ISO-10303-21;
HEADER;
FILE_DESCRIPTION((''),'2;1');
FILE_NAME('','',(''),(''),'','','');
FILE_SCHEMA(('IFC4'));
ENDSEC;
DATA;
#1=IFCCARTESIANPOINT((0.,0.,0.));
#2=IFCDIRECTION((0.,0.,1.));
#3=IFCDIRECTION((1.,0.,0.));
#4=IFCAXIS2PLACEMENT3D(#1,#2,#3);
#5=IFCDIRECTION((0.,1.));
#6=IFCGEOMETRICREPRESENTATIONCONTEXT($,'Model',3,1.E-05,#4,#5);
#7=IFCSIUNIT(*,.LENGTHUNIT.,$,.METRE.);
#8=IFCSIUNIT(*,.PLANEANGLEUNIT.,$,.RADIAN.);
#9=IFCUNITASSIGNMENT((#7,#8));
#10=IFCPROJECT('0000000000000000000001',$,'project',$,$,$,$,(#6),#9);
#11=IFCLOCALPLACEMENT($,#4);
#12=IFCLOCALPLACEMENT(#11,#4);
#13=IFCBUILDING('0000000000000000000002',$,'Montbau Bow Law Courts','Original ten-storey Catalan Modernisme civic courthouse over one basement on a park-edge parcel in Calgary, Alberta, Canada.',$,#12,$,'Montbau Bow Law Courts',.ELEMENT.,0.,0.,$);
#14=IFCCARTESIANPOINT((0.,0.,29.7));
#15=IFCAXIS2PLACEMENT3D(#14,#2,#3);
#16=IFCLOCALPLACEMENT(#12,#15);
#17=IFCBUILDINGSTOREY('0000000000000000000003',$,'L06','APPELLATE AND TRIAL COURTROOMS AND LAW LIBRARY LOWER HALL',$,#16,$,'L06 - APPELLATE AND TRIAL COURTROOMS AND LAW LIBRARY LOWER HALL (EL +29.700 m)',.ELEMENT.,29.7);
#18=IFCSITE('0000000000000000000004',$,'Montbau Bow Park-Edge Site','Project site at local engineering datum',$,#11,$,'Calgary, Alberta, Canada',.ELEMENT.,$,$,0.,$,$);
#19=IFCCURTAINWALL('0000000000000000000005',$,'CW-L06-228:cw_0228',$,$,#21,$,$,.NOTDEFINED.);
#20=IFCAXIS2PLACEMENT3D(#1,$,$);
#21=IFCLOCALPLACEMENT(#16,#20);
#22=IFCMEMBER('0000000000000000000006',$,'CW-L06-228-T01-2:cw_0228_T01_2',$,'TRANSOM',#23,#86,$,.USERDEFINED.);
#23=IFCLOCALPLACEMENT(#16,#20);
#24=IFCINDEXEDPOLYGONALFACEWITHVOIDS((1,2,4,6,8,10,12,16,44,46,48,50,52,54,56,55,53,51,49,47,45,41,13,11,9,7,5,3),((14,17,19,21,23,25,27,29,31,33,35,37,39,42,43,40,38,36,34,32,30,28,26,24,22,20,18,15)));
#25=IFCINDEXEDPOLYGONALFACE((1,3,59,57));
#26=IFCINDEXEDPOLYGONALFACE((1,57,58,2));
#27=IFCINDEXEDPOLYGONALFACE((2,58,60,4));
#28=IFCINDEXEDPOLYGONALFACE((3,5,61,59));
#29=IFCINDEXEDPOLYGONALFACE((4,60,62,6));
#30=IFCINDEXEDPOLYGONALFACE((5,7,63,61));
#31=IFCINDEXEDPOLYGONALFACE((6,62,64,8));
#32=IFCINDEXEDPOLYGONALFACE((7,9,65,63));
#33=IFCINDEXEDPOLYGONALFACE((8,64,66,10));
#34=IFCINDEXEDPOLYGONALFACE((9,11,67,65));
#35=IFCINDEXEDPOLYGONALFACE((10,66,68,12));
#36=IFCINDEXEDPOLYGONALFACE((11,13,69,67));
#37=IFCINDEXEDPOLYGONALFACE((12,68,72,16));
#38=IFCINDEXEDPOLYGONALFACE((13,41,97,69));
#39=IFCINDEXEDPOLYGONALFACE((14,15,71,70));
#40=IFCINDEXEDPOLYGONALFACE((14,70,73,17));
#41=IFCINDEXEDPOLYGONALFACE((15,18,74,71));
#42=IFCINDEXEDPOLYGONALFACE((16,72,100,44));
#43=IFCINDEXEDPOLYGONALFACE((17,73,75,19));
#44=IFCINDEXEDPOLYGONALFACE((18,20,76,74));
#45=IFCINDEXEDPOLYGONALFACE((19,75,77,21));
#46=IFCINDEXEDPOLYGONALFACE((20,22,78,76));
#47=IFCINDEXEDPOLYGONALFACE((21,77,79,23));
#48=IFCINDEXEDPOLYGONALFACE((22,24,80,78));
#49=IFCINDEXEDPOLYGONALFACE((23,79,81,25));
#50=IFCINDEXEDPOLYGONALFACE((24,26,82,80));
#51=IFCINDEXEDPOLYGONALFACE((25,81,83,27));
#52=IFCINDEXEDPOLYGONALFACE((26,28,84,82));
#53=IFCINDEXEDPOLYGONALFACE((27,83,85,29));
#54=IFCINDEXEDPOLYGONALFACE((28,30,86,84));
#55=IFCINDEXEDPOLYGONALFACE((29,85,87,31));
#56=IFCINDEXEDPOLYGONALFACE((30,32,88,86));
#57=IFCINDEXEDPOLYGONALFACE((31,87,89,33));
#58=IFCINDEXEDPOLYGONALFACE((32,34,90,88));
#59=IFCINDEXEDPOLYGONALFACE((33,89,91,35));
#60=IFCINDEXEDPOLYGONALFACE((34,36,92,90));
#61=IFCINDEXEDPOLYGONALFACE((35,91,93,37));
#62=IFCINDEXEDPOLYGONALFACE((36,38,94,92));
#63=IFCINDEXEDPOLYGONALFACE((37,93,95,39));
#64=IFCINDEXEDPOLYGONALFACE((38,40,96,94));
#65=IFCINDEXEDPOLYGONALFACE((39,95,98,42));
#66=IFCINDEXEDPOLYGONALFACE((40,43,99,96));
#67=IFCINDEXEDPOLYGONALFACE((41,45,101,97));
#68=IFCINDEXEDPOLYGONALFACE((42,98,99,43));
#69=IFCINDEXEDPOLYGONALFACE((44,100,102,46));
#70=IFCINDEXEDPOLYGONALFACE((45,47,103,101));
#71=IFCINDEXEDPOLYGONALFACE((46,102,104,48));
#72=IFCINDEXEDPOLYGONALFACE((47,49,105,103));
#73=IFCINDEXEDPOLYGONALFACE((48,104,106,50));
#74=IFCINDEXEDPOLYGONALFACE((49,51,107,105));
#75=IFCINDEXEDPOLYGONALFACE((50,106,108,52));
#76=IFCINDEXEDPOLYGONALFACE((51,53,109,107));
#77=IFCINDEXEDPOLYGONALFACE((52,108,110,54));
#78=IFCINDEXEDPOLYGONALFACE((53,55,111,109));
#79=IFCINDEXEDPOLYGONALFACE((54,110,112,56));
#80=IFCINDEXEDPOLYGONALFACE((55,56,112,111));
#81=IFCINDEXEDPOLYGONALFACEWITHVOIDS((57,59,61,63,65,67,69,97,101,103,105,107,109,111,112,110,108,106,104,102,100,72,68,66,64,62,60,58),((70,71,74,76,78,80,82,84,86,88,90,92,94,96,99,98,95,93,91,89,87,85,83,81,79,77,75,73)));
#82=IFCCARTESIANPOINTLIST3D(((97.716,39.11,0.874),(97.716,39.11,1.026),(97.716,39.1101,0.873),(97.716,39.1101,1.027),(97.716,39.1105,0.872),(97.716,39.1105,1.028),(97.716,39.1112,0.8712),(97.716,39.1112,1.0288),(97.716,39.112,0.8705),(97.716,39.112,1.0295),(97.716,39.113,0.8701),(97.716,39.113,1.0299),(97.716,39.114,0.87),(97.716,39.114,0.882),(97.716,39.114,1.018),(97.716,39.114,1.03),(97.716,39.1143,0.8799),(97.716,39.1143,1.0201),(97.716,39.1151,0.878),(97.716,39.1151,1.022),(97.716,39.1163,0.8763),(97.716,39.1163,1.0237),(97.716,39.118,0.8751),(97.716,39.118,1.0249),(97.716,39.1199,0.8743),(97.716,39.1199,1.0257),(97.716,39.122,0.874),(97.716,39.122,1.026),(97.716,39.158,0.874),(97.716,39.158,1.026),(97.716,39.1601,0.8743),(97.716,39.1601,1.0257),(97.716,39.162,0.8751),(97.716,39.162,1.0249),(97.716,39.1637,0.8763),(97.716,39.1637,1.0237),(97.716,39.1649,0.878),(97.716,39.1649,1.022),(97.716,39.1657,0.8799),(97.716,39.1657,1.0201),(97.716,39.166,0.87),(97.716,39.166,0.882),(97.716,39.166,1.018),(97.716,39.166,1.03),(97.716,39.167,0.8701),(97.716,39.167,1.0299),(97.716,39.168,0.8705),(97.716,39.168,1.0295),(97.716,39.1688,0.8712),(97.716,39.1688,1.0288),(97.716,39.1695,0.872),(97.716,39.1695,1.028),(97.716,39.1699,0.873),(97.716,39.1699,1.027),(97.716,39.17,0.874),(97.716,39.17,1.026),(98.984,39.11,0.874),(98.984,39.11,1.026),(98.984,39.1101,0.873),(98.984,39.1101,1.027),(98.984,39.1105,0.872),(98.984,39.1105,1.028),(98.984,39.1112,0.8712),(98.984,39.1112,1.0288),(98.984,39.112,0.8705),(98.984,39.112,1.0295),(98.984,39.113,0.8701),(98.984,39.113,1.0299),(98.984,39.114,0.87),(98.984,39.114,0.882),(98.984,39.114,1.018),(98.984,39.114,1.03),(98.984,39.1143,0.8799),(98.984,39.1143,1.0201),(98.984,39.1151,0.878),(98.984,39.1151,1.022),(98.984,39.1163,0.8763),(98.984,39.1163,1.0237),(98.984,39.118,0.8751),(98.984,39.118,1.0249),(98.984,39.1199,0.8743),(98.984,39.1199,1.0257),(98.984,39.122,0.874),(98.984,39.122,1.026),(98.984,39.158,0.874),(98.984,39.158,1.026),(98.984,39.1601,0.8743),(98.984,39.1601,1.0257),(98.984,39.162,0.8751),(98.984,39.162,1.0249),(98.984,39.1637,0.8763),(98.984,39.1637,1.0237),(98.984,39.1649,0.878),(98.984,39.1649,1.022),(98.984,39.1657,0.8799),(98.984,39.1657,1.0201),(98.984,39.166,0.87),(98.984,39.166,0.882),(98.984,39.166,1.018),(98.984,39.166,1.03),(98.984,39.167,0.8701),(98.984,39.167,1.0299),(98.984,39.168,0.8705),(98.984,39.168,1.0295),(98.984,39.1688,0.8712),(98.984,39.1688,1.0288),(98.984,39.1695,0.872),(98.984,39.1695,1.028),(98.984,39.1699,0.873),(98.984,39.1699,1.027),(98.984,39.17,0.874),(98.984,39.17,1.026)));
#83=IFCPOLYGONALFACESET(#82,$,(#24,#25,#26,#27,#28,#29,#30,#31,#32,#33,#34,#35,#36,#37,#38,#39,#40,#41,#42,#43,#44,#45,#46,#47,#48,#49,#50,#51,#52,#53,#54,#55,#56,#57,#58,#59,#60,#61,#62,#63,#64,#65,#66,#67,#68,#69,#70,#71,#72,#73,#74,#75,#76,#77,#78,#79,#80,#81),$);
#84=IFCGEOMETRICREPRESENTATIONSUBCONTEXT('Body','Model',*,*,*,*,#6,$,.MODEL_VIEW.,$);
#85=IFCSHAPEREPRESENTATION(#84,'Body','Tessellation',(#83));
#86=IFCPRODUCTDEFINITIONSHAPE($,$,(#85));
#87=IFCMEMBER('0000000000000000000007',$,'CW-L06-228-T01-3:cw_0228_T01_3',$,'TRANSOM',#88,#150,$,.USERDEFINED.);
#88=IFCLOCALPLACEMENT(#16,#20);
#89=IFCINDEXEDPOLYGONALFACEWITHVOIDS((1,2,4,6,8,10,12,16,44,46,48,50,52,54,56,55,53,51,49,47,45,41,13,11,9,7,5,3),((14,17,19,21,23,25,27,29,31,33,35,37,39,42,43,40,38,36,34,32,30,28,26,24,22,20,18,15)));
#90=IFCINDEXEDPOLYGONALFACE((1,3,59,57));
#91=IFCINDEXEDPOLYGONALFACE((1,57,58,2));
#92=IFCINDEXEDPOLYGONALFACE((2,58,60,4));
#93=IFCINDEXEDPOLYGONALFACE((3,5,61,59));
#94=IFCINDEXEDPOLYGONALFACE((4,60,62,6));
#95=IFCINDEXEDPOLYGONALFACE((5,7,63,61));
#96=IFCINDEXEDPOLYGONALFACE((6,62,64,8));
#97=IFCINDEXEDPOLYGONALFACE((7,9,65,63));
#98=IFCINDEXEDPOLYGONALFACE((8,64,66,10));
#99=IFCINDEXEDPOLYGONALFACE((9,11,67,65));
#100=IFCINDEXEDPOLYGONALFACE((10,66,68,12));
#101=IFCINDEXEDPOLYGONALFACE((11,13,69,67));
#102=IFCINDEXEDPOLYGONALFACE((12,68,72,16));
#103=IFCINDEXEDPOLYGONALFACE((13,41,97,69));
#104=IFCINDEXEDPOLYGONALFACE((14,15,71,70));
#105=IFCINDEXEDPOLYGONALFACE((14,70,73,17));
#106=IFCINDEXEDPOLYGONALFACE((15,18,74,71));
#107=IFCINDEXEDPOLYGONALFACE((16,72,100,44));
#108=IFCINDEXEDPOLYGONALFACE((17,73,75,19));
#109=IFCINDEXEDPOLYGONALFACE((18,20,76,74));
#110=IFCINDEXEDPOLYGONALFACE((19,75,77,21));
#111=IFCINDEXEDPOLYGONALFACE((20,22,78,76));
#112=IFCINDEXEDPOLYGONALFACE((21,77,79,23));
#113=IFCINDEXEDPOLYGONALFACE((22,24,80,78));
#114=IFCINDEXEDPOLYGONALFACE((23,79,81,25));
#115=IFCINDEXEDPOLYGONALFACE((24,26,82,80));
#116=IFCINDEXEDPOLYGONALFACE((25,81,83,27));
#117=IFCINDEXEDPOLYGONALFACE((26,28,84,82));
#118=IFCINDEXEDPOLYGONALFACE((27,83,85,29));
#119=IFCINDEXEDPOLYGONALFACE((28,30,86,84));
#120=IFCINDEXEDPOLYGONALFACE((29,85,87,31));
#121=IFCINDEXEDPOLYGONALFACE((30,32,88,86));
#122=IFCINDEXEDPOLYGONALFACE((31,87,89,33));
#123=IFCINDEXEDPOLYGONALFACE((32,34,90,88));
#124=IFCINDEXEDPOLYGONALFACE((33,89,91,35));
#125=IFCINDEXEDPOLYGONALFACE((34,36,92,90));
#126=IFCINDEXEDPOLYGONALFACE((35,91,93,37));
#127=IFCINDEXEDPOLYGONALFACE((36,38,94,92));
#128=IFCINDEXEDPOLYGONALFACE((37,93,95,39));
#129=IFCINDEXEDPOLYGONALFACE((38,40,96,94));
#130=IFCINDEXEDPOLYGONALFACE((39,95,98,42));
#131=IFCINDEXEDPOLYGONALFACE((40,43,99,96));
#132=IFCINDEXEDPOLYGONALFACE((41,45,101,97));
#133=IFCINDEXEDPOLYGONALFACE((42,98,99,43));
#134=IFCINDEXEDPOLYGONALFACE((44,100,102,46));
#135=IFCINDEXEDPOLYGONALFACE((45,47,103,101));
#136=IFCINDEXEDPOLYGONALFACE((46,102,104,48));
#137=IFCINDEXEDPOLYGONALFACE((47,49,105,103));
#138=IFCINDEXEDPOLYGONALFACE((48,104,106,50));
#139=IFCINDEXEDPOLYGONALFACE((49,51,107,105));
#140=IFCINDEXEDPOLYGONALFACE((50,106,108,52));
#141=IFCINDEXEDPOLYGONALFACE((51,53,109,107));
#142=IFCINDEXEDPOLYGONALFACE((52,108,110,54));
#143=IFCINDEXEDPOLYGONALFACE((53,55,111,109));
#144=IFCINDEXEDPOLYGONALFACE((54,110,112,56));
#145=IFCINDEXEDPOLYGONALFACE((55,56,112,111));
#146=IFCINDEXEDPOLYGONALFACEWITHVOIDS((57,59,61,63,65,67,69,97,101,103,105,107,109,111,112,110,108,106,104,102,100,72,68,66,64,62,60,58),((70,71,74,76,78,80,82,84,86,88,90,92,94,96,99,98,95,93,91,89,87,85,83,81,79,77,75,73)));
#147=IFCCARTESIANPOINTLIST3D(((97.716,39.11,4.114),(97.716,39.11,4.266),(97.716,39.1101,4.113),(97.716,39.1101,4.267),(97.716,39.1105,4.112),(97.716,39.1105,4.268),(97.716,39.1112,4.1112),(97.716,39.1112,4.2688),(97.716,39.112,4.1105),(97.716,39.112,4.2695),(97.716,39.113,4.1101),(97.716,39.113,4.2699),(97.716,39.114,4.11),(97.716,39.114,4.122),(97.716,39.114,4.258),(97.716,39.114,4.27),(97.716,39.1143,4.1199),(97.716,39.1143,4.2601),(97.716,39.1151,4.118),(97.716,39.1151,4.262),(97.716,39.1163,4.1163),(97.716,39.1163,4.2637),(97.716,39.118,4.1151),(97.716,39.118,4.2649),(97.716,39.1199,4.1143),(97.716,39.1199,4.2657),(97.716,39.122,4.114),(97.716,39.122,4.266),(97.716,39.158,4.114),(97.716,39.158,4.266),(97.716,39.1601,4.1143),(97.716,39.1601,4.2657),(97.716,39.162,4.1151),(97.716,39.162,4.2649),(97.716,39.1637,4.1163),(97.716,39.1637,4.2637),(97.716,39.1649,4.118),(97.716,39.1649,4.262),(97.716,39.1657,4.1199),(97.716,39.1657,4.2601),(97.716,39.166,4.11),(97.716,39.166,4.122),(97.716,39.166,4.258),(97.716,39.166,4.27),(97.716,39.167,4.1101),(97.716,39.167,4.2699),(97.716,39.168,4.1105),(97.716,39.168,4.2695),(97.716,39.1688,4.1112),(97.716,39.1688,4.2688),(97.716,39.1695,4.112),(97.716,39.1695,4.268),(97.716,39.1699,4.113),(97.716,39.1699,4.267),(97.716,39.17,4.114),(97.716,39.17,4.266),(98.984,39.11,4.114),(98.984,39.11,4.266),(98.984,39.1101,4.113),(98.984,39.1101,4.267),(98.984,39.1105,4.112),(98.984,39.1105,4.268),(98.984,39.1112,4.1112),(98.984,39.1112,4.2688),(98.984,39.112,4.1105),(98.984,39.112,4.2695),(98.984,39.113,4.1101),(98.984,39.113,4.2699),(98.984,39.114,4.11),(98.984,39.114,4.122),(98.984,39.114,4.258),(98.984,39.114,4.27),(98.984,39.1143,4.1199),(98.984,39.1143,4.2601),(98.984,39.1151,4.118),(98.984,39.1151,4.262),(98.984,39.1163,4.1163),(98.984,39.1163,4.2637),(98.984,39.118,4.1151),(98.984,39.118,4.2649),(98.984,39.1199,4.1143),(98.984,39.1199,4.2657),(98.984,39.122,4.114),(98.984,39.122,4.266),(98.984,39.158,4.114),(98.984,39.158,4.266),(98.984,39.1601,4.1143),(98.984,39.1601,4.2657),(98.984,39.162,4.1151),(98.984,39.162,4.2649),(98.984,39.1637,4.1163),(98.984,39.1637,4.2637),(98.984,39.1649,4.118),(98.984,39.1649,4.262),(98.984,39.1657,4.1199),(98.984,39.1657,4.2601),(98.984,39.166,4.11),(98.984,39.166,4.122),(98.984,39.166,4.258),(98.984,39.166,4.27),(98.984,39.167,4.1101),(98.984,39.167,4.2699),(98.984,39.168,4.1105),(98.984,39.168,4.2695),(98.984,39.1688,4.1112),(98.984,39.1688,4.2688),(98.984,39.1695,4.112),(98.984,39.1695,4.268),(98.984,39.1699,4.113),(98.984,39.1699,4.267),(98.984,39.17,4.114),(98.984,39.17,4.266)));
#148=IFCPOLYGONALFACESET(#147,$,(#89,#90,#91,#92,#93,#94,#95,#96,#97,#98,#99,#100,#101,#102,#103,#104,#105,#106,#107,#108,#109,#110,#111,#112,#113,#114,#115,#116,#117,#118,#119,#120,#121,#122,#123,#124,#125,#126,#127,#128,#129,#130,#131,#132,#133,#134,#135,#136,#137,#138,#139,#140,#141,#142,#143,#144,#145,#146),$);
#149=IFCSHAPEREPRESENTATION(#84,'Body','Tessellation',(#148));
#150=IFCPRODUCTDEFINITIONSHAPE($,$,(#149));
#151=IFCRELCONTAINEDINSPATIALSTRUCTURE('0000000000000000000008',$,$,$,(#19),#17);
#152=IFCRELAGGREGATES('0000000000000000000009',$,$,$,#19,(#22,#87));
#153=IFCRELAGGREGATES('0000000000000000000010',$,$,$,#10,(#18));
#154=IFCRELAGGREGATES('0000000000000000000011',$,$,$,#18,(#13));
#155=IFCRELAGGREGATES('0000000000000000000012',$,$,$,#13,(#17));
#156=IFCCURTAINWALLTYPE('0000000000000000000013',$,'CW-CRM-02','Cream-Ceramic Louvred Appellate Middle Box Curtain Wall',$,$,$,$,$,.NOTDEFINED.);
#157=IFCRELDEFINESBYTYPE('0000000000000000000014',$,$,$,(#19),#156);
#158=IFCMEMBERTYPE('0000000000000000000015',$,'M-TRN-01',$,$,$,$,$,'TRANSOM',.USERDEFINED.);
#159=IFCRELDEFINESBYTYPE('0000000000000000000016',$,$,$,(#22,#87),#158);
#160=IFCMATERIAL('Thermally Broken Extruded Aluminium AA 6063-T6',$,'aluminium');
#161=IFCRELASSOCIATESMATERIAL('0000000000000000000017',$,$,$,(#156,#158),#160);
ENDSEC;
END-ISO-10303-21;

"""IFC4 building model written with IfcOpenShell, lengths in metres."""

from ifc_helpers import new_model, si_unit, direction, frame, origin_with_axes, origin_2d_with_axis, place, context, subcontext, project, spatial, hollow_rectangle, extrude, material, material_profile, profile_set, type_object, element, aggregate, save


model = new_model("IFC4")

# Units and contexts
model_context = context("Model", 3, precision=1e-05, world=origin_with_axes(), true_north=direction((0.0, 1.0)))
body_context = subcontext(model_context, "Body", "Model", "MODEL_VIEW")
ifc_project = project(units=[si_unit("LENGTHUNIT", "METRE"), si_unit("PLANEANGLEUNIT", "RADIAN")], contexts=[model_context])

# Site, building, storey
site_placement = place(None, origin_with_axes())
site = spatial("IfcSite", under=ifc_project, at=site_placement, Name="Montbau Bow Park-Edge Site", Description="Project site at local engineering datum", LongName="Calgary, Alberta, Canada", CompositionType="ELEMENT", RefElevation=0.0)
building_placement = place(site_placement, origin_with_axes())
building = spatial("IfcBuilding", under=site, at=building_placement, Name="Montbau Bow Law Courts", Description="Original ten-storey Catalan Modernisme civic courthouse over one basement on a park-edge parcel in Calgary, Alberta, Canada.", LongName="Montbau Bow Law Courts", CompositionType="ELEMENT", ElevationOfRefHeight=0.0, ElevationOfTerrain=0.0)
storey_placement = place(building_placement, frame((0.0, 0.0, 29.7), z_axis=(0.0, 0.0, 1.0), x_axis=(1.0, 0.0, 0.0)))
storey = spatial("IfcBuildingStorey", under=building, at=storey_placement, Name="L06", Description="APPELLATE AND TRIAL COURTROOMS AND LAW LIBRARY LOWER HALL", LongName="L06 - APPELLATE AND TRIAL COURTROOMS AND LAW LIBRARY LOWER HALL (EL +29.700 m)", CompositionType="ELEMENT", Elevation=29.7)

# Curtain wall, members
ifc_material_1 = material(Name="Thermally Broken Extruded Aluminium AA 6063-T6", Category="aluminium")
curtain_wall_type = type_object("IfcCurtainWallType", Name="CW-CRM-02", Description="Cream-Ceramic Louvred Appellate Middle Box Curtain Wall", PredefinedType="NOTDEFINED", material=ifc_material_1)
curtain_wall_placement = place(None, frame((97.64, 39.14, 29.7), z_axis=(0.0, 0.0, 1.0), x_axis=(1.0, 0.0, 0.0)))
curtain_wall = element("IfcCurtainWall", 1, at=curtain_wall_placement, inside=storey, type_object=curtain_wall_type, Name="CW-L06-228:cw_0228", PredefinedType="NOTDEFINED")
ifc_material_profile_1 = material_profile(ifc_material_1, hollow_rectangle(XDim=0.06, YDim=0.16, WallThickness=0.004, InnerFilletRadius=0.008, OuterFilletRadius=0.004, at=origin_2d_with_axis()), Name="CWT-160X60", Category="Main", Priority=0)
ifc_profile_set_1 = profile_set([ifc_material_profile_1], Name="Thermally Broken Extruded Aluminium AA 6063-T6")
member_type_1 = type_object("IfcMemberType", Name="M-TRN-01", ElementType="TRANSOM", PredefinedType="USERDEFINED", material=ifc_profile_set_1)
member_1_placement = place(None, frame((97.716, 39.14, 30.65), z_axis=(1.0, 0.0, 0.0), x_axis=(0.0, 1.0, 0.0)))
member_1 = element("IfcMember", 2, at=member_1_placement, type_object=member_type_1, Name="CW-L06-228-T01-2:cw_0228_T01_2", ObjectType="TRANSOM", PredefinedType="USERDEFINED", context=body_context, shape_type="SweptSolid", body=[
    extrude(hollow_rectangle(XDim=0.06, YDim=0.16, WallThickness=0.004, InnerFilletRadius=0.008, OuterFilletRadius=0.004, at=origin_2d_with_axis()), origin_with_axes(), (0.0, 0.0, 1.0), 1.268),
])
member_2_placement = place(None, frame((97.716, 39.14, 33.89), z_axis=(1.0, 0.0, 0.0), x_axis=(0.0, 1.0, 0.0)))
member_2 = element("IfcMember", 3, at=member_2_placement, type_object=member_type_1, Name="CW-L06-228-T01-3:cw_0228_T01_3", ObjectType="TRANSOM", PredefinedType="USERDEFINED", context=body_context, shape_type="SweptSolid", body=[
    extrude(hollow_rectangle(XDim=0.06, YDim=0.16, WallThickness=0.004, InnerFilletRadius=0.008, OuterFilletRadius=0.004, at=origin_2d_with_axis()), origin_with_axes(), (0.0, 0.0, 1.0), 1.268),
])
aggregate(curtain_wall, [member_1, member_2])

save(model, "model.ifc")
